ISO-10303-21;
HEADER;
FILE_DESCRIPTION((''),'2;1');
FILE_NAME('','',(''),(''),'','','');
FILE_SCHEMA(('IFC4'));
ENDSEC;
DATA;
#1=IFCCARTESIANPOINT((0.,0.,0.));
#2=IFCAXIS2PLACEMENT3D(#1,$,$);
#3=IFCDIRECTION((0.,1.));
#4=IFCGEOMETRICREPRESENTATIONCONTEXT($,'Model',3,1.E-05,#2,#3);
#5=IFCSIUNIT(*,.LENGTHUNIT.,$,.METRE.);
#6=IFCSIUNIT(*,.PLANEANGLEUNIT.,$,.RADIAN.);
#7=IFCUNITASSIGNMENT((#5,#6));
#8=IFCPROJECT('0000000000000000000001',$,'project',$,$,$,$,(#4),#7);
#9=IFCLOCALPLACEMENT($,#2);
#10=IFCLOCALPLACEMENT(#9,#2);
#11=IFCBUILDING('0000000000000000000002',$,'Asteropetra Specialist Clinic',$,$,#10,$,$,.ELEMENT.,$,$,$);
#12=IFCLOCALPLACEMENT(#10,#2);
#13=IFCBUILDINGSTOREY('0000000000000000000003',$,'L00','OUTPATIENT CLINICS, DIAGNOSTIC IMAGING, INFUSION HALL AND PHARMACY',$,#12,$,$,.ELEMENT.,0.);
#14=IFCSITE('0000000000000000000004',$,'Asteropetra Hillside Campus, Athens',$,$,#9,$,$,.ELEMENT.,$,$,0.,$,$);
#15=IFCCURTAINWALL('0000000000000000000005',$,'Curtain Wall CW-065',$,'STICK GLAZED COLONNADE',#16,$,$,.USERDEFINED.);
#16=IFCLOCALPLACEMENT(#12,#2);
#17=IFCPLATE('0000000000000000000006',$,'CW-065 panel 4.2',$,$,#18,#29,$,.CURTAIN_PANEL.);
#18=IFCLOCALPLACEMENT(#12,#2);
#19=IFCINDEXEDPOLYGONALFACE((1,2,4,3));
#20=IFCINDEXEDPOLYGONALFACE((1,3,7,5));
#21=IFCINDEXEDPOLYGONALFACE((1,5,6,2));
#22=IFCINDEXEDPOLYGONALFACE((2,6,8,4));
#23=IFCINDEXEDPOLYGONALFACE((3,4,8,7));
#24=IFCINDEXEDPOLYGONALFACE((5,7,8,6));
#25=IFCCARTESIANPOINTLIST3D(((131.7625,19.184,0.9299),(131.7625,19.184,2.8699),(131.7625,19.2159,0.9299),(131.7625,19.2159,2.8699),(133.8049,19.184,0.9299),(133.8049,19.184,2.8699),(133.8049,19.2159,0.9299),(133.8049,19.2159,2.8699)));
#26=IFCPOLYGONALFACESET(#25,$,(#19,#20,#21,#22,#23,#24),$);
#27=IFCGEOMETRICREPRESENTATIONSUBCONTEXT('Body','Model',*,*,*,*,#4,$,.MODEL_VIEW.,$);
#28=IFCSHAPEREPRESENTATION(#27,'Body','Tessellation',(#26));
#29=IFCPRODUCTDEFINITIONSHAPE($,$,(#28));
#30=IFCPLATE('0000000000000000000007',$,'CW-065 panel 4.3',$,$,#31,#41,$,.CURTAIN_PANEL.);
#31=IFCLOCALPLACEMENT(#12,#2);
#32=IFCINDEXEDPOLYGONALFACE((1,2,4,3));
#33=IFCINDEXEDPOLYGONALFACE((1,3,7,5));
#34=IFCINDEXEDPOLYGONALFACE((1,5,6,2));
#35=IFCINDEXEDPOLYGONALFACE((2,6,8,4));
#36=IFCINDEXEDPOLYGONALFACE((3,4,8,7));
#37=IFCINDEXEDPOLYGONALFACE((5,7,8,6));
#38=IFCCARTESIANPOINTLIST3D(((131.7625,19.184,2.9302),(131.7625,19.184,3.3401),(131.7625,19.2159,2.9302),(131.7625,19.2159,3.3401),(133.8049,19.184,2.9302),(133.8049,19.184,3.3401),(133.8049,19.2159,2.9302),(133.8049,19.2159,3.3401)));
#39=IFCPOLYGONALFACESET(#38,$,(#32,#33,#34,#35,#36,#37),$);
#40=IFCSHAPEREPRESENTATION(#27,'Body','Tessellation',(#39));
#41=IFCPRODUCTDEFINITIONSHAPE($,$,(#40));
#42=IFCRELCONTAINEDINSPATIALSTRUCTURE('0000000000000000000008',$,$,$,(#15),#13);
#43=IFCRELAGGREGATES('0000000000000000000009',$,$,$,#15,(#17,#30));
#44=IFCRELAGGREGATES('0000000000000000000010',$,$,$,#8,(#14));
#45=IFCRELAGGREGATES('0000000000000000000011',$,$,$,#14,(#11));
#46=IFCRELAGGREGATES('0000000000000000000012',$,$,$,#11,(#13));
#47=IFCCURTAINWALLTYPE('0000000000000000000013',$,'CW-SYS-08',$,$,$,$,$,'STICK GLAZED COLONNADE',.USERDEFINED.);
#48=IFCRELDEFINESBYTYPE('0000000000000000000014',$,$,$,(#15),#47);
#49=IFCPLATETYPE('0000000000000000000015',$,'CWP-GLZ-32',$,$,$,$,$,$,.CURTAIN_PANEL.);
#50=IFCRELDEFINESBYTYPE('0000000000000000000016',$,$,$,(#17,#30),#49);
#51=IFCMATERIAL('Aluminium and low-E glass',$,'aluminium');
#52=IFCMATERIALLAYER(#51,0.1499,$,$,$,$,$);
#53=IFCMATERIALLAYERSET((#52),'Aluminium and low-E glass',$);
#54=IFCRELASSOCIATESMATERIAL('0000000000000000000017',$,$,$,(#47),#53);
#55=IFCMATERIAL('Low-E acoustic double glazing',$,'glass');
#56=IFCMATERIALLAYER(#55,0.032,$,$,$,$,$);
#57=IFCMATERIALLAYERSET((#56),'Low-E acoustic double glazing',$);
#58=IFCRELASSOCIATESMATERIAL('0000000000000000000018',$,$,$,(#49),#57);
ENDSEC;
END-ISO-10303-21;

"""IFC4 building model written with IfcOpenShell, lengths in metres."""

from ifc_helpers import new_model, si_unit, direction, frame, origin, origin_2d, place, context, subcontext, project, spatial, rectangle, extrude, material, layer, layer_set, type_object, element, aggregate, save


model = new_model("IFC4")

# Units and contexts
model_context = context("Model", 3, precision=1e-05, world=origin(), true_north=direction((0.0, 1.0)))
body_context = subcontext(model_context, "Body", "Model", "MODEL_VIEW")
ifc_project = project(units=[si_unit("LENGTHUNIT", "METRE"), si_unit("PLANEANGLEUNIT", "RADIAN")], contexts=[model_context])

# Site, building, storey
site_placement = place(None, origin())
site = spatial("IfcSite", under=ifc_project, at=site_placement, Name="Asteropetra Hillside Campus, Athens", CompositionType="ELEMENT", RefElevation=0.0)
building_placement = place(site_placement, origin())
building = spatial("IfcBuilding", under=site, at=building_placement, Name="Asteropetra Specialist Clinic", CompositionType="ELEMENT")
storey_placement = place(building_placement, origin())
storey = spatial("IfcBuildingStorey", under=building, at=storey_placement, Name="L00", Description="OUTPATIENT CLINICS, DIAGNOSTIC IMAGING, INFUSION HALL AND PHARMACY", CompositionType="ELEMENT", Elevation=0.0)

# Curtain wall
ifc_material_1 = material(Name="Aluminium and low-E glass", Category="aluminium")
ifc_layer_1 = layer(ifc_material_1, 0.1499)
ifc_layer_set_1 = layer_set([ifc_layer_1], Name="Aluminium and low-E glass")
curtain_wall_type_1 = type_object("IfcCurtainWallType", Name="CW-SYS-08", ElementType="STICK GLAZED COLONNADE", PredefinedType="USERDEFINED", material=ifc_layer_set_1)
curtain_wall_1_placement = place(storey_placement, origin())
curtain_wall_1 = element("IfcCurtainWall", 1, at=curtain_wall_1_placement, inside=storey, type_object=curtain_wall_type_1, Name="Curtain Wall CW-065", ObjectType="STICK GLAZED COLONNADE", PredefinedType="USERDEFINED")

# Plates
ifc_material_2 = material(Name="Low-E acoustic double glazing", Category="glass")
ifc_layer_2 = layer(ifc_material_2, 0.032)
ifc_layer_set_2 = layer_set([ifc_layer_2], Name="Low-E acoustic double glazing")
plate_type = type_object("IfcPlateType", Name="CWP-GLZ-32", PredefinedType="CURTAIN_PANEL", material=ifc_layer_set_2)
plate_1_placement = place(storey_placement, frame((132.7837, 19.2, 0.9299), z_axis=(0.0, 0.0, 1.0), x_axis=(1.0, 0.0, 0.0)))
plate_1 = element("IfcPlate", 2, at=plate_1_placement, type_object=plate_type, Name="CW-065 panel 4.2", PredefinedType="CURTAIN_PANEL", context=body_context, shape_type="SweptSolid", body=[
    extrude(rectangle(XDim=2.0425, YDim=0.032, at=origin_2d()), origin(), (0.0, 0.0, 1.0), 1.9399),
])
plate_2_placement = place(storey_placement, frame((132.7837, 19.2, 2.9302), z_axis=(0.0, 0.0, 1.0), x_axis=(1.0, 0.0, 0.0)))
plate_2 = element("IfcPlate", 3, at=plate_2_placement, type_object=plate_type, Name="CW-065 panel 4.3", PredefinedType="CURTAIN_PANEL", context=body_context, shape_type="SweptSolid", body=[
    extrude(rectangle(XDim=2.0425, YDim=0.032, at=origin_2d()), origin(), (0.0, 0.0, 1.0), 0.4099),
])
aggregate(curtain_wall_1, [plate_1, plate_2])

save(model, "model.ifc")
